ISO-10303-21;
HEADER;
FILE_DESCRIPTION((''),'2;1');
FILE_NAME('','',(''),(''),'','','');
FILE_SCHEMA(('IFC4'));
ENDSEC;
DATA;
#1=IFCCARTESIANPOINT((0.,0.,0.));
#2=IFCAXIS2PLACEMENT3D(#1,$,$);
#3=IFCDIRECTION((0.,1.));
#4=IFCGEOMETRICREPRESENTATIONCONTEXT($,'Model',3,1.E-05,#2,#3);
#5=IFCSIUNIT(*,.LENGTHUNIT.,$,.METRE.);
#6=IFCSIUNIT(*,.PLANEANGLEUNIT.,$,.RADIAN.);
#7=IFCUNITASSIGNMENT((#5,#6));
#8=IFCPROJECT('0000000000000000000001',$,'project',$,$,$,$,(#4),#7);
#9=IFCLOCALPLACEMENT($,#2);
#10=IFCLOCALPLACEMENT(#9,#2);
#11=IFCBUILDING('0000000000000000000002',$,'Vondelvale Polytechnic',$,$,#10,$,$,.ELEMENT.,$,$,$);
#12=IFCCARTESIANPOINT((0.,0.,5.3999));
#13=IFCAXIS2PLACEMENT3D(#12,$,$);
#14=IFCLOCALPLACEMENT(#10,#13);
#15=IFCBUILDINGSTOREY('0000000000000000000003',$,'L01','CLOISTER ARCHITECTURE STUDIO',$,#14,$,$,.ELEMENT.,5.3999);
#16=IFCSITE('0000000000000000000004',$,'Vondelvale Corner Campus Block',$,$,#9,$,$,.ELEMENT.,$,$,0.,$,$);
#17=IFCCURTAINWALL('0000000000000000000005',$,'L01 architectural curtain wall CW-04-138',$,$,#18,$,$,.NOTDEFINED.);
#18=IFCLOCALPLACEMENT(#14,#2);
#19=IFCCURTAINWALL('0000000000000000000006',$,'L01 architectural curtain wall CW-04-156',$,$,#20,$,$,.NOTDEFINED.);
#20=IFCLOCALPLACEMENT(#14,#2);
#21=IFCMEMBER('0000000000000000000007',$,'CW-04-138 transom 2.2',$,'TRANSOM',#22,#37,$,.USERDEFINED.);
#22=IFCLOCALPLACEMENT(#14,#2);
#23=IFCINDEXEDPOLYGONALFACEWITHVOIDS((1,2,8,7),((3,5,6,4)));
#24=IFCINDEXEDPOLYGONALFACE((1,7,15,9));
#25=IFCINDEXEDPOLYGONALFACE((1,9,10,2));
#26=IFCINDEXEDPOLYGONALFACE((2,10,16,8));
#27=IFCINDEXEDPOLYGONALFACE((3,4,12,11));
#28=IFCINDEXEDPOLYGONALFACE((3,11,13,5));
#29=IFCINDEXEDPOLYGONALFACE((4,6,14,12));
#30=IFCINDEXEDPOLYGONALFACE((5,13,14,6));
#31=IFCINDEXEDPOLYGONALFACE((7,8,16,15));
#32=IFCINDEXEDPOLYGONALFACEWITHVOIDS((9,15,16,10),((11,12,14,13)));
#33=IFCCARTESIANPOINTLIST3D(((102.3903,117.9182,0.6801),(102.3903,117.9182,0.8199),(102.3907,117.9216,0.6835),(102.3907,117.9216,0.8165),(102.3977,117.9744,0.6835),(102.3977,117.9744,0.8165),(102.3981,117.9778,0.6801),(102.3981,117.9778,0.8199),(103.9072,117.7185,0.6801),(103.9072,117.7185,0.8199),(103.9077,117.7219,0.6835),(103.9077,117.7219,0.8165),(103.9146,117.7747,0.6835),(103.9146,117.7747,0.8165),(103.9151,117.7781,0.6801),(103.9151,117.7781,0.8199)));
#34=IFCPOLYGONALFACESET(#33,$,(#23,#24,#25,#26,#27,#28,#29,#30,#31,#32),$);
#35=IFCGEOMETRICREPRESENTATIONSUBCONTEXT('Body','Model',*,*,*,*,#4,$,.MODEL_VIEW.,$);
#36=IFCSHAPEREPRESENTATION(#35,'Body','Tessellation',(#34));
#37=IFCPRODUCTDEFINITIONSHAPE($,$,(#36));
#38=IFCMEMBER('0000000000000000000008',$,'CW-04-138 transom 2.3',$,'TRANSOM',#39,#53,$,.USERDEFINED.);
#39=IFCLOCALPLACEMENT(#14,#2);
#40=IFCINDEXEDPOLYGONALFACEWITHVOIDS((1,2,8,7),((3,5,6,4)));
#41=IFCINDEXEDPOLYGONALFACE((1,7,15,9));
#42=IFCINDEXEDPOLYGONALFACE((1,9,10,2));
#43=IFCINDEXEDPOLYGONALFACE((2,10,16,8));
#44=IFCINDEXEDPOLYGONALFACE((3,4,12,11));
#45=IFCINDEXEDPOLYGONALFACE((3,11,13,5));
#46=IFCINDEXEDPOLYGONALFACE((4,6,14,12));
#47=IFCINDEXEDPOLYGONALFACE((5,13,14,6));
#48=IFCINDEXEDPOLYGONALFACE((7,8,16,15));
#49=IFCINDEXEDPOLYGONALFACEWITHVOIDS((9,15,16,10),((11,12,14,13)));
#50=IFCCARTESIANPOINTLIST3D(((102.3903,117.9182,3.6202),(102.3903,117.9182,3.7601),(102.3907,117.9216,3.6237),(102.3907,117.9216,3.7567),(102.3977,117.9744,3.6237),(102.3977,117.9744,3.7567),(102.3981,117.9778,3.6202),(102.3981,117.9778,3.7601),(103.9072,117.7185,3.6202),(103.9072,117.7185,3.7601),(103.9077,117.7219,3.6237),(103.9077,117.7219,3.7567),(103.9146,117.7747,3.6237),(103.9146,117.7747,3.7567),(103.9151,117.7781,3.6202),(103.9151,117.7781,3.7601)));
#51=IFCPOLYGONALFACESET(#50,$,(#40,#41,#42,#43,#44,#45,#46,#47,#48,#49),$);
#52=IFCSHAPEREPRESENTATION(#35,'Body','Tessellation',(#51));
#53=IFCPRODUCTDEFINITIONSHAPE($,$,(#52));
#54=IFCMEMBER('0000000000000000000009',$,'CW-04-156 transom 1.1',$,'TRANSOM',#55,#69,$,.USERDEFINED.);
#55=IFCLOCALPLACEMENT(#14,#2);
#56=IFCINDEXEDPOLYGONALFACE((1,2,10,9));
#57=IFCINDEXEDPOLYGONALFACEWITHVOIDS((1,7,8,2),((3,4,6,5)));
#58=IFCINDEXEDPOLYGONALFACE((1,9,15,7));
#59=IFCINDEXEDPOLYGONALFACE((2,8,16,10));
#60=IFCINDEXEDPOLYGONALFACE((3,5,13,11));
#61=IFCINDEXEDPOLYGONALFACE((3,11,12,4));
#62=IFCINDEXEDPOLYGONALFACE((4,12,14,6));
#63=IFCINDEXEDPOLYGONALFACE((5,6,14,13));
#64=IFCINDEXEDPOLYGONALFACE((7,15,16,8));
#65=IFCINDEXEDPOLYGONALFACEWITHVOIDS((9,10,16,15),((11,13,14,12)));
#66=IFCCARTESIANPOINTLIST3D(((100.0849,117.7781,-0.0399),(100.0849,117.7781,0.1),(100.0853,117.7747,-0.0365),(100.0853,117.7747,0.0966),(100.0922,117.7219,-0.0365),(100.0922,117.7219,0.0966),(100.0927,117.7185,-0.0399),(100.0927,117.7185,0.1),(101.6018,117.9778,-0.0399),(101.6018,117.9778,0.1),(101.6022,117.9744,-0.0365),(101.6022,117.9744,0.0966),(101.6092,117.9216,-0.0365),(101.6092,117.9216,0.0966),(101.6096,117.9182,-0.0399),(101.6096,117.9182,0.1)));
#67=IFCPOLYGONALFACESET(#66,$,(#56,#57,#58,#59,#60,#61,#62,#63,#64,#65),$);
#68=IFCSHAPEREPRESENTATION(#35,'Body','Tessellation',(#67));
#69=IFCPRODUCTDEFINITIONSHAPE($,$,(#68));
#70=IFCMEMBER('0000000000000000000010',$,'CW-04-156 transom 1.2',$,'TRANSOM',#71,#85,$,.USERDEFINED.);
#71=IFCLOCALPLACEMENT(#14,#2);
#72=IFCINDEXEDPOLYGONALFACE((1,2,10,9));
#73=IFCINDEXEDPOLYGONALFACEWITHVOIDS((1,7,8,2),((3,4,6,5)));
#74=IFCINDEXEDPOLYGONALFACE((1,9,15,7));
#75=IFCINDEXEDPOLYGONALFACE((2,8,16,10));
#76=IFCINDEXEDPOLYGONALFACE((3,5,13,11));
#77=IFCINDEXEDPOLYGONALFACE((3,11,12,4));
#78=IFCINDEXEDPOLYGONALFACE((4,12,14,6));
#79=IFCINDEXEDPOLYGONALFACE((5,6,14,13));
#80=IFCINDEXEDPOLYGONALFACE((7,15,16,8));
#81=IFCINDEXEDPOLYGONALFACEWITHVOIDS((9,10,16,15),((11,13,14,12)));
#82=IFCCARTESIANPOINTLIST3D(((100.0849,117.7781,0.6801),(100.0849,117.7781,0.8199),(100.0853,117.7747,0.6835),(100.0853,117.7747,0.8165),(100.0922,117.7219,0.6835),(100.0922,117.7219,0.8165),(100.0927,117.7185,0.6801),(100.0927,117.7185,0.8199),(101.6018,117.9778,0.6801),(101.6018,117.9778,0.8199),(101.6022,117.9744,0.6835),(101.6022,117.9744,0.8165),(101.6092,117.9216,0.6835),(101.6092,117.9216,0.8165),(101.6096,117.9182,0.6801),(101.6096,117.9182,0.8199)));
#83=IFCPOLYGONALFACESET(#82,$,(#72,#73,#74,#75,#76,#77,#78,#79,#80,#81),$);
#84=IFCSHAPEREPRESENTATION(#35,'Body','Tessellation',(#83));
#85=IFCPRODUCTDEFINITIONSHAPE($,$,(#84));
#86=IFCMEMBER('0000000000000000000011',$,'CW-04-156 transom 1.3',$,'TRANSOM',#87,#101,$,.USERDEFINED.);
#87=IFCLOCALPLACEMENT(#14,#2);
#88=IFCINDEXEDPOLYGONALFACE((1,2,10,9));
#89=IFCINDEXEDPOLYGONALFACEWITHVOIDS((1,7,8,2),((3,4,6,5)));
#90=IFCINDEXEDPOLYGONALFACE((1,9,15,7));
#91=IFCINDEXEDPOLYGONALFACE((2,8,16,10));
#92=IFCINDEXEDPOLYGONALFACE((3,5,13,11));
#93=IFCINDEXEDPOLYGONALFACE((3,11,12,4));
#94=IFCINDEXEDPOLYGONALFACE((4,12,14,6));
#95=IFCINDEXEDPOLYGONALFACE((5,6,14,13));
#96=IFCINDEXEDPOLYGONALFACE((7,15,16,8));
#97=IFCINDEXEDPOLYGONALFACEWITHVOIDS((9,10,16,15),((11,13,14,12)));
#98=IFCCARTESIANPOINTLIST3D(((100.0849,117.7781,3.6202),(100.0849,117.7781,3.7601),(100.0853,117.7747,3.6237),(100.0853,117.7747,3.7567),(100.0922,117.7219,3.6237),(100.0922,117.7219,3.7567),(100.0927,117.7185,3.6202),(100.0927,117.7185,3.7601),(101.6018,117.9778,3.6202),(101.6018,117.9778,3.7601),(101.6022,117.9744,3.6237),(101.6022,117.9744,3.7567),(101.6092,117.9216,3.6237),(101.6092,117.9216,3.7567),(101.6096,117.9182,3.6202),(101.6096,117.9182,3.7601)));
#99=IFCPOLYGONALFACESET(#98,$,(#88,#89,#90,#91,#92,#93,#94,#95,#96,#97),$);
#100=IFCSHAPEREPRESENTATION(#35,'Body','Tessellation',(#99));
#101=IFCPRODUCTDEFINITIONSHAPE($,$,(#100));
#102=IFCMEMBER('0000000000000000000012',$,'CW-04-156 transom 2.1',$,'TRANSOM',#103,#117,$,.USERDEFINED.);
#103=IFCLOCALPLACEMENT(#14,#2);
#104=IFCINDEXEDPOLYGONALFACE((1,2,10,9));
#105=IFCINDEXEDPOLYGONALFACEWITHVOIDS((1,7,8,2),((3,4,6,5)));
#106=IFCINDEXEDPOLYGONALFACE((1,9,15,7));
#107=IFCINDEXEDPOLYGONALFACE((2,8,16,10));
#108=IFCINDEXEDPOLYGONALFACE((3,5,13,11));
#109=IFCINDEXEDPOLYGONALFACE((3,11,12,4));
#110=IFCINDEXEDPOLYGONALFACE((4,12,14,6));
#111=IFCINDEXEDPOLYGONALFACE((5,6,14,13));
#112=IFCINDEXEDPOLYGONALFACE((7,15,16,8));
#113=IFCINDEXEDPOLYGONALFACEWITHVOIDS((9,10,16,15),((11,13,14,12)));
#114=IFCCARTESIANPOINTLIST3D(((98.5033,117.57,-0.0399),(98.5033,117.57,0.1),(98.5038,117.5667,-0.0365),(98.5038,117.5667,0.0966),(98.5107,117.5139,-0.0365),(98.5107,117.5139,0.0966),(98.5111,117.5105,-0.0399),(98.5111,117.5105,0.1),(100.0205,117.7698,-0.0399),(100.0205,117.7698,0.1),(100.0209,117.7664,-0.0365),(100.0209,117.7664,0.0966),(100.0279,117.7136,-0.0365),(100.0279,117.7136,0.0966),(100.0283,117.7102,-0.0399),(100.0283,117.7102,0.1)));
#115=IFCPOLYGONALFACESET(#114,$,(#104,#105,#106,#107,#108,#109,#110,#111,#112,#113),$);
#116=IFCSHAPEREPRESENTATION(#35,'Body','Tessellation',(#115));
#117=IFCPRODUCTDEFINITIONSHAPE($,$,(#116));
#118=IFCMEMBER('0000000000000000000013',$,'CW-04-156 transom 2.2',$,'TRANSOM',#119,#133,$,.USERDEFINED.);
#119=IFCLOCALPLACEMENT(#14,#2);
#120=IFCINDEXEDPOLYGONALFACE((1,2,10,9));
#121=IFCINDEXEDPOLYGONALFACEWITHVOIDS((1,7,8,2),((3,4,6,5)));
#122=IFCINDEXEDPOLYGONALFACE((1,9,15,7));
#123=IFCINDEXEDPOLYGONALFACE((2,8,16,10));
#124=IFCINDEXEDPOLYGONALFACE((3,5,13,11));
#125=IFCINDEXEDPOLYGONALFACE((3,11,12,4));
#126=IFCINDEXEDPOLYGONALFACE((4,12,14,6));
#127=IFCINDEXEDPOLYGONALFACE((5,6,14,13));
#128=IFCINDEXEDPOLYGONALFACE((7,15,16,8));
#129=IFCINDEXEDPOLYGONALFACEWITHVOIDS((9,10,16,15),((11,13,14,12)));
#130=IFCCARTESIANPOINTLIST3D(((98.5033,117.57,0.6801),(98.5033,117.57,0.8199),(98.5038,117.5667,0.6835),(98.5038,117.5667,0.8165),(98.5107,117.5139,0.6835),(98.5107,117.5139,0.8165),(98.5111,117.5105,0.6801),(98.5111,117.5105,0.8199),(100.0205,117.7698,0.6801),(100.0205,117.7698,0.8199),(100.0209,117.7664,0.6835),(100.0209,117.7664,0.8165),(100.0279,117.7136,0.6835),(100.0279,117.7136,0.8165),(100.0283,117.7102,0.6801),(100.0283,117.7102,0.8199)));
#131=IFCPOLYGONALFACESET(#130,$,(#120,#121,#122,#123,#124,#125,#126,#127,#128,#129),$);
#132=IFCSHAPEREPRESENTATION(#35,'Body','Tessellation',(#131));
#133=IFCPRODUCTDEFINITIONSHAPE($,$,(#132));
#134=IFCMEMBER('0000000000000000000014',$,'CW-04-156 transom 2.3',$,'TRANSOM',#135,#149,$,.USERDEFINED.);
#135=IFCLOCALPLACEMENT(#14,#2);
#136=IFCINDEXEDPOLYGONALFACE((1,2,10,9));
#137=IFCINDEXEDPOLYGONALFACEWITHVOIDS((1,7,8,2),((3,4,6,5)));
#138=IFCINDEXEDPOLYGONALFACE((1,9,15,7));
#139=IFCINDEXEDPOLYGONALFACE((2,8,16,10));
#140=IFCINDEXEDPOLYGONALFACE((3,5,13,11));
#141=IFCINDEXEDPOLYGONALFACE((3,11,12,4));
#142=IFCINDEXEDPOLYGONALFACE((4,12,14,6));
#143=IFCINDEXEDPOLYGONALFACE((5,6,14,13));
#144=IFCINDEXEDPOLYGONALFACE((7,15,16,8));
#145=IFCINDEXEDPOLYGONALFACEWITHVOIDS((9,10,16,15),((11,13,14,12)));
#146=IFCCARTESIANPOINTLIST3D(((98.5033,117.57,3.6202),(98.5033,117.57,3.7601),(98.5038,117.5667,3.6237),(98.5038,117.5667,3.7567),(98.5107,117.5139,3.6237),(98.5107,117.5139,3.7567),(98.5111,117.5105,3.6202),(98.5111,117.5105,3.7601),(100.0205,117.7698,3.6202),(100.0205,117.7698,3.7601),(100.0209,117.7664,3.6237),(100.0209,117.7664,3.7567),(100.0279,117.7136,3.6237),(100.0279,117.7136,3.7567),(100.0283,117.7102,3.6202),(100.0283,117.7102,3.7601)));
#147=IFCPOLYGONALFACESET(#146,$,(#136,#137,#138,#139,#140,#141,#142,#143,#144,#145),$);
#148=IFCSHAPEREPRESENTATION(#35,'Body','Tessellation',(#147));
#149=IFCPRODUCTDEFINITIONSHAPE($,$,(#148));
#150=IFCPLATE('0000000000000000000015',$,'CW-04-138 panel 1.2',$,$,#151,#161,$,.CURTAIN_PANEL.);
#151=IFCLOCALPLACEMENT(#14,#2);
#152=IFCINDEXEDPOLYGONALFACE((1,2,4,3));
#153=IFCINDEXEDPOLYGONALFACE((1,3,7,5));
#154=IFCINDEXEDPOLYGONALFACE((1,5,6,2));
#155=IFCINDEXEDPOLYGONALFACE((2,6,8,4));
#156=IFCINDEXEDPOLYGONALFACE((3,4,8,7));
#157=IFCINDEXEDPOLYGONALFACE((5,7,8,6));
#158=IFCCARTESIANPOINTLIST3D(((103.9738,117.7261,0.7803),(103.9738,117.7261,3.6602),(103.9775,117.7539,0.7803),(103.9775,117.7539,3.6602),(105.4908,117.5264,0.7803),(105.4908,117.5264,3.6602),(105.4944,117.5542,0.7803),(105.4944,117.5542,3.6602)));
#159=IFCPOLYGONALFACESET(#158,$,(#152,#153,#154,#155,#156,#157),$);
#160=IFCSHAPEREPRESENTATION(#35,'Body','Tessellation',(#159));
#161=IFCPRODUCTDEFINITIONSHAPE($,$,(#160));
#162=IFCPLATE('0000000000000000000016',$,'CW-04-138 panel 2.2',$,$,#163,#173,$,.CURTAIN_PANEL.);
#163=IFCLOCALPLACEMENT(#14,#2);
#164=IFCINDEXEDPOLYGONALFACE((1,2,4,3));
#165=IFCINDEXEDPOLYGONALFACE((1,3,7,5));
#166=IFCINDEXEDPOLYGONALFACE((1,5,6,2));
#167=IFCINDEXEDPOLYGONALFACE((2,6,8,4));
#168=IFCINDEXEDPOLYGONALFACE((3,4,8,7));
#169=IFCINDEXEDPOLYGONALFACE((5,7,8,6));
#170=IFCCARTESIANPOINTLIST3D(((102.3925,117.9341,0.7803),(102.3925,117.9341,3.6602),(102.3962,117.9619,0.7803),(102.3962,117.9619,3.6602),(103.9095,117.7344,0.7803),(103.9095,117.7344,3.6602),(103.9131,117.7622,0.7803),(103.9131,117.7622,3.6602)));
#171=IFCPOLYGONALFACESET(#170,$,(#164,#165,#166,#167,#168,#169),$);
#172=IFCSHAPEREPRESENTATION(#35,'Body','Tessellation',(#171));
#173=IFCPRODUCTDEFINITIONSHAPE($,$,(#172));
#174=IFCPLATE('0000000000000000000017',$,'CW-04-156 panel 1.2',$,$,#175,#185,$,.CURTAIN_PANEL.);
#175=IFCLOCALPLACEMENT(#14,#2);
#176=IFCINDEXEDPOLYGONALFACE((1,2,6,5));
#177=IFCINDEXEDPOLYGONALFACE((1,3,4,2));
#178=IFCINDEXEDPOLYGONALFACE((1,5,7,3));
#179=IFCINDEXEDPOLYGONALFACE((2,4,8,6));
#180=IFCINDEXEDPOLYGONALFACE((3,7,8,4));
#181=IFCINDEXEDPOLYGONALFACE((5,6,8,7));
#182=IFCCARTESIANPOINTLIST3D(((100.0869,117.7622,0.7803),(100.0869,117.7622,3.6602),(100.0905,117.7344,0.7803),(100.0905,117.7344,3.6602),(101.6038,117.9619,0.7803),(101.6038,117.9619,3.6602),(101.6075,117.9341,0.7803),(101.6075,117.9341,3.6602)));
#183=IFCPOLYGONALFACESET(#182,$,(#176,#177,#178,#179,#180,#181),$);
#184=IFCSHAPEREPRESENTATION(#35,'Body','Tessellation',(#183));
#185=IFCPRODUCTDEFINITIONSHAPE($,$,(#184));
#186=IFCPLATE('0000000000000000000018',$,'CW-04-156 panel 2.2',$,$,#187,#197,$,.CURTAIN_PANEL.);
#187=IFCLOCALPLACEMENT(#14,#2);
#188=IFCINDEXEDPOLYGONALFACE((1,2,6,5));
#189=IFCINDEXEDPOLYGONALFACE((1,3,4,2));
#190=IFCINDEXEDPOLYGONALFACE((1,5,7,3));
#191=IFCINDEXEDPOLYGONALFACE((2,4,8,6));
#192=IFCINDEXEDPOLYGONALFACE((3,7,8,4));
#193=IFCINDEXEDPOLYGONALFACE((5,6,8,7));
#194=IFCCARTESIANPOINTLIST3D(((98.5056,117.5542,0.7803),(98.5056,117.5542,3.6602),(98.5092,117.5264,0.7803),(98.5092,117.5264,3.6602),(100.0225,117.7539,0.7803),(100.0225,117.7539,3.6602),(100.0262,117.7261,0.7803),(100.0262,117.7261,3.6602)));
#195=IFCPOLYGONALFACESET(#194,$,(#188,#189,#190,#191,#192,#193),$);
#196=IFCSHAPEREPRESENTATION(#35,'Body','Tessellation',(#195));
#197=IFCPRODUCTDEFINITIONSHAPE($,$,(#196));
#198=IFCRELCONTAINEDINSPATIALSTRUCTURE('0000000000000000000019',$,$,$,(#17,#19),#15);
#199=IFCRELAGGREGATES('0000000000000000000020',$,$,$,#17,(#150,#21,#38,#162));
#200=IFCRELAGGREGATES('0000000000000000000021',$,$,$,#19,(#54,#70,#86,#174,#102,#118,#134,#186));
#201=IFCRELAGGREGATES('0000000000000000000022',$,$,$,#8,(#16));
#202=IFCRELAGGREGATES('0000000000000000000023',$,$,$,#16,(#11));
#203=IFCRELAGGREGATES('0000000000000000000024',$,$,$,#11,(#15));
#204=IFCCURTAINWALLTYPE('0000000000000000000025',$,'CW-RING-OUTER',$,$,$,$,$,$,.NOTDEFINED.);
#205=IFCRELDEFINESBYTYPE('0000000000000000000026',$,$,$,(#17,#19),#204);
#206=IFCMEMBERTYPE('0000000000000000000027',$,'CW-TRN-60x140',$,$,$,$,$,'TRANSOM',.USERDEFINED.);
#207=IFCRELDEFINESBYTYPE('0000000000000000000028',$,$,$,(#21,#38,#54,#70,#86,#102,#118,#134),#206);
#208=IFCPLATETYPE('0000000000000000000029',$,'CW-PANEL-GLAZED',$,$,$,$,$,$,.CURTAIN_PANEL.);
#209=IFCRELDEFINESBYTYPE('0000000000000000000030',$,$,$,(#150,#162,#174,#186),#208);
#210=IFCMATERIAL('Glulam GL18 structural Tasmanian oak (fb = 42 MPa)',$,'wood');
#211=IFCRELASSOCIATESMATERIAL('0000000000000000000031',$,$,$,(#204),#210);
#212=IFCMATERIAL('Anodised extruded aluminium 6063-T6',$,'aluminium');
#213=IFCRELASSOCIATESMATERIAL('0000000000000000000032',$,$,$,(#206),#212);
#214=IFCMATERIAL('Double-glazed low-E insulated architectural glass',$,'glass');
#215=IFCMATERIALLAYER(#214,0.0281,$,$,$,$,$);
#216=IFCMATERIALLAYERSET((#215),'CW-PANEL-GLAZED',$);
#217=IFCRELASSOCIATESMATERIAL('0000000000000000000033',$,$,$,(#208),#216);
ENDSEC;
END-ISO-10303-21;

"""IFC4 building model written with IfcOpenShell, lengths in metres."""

from ifc_helpers import new_model, si_unit, direction, frame, origin, origin_2d, place, context, subcontext, project, spatial, rectangle, hollow_rectangle, extrude, material, layer, layer_set, material_profile, profile_set, type_object, element, aggregate, save


model = new_model("IFC4")

# Units and contexts
model_context = context("Model", 3, precision=1e-05, world=origin(), true_north=direction((0.0, 1.0)))
body_context = subcontext(model_context, "Body", "Model", "MODEL_VIEW")
ifc_project = project(units=[si_unit("LENGTHUNIT", "METRE"), si_unit("PLANEANGLEUNIT", "RADIAN")], contexts=[model_context])

# Site, building, storey
site_placement = place(None, origin())
site = spatial("IfcSite", under=ifc_project, at=site_placement, Name="Vondelvale Corner Campus Block", CompositionType="ELEMENT", RefElevation=0.0)
building_placement = place(site_placement, origin())
building = spatial("IfcBuilding", under=site, at=building_placement, Name="Vondelvale Polytechnic", CompositionType="ELEMENT")
storey_placement = place(building_placement, frame((0.0, 0.0, 5.3999)))
storey = spatial("IfcBuildingStorey", under=building, at=storey_placement, Name="L01", Description="CLOISTER ARCHITECTURE STUDIO", CompositionType="ELEMENT", Elevation=5.3999)

# Curtain walls
ifc_material_1 = material(Name="Glulam GL18 structural Tasmanian oak (fb = 42 MPa)", Category="wood")
curtain_wall_type = type_object("IfcCurtainWallType", Name="CW-RING-OUTER", PredefinedType="NOTDEFINED", material=ifc_material_1)
curtain_wall_1_placement = place(storey_placement, origin())
curtain_wall_1 = element("IfcCurtainWall", 1, at=curtain_wall_1_placement, inside=storey, type_object=curtain_wall_type, Name="L01 architectural curtain wall CW-04-138", PredefinedType="NOTDEFINED")
ifc_material_2 = material(Name="Anodised extruded aluminium 6063-T6", Category="aluminium")
curtain_wall_2_placement = place(storey_placement, origin())
curtain_wall_2 = element("IfcCurtainWall", 2, at=curtain_wall_2_placement, inside=storey, type_object=curtain_wall_type, Name="L01 architectural curtain wall CW-04-156", PredefinedType="NOTDEFINED")

# Members
ifc_material_profile_1 = material_profile(ifc_material_2, hollow_rectangle(XDim=0.0601, YDim=0.1399, WallThickness=0.0034, at=origin_2d()), Name="CW-TRN-140x60")
ifc_profile_set_1 = profile_set([ifc_material_profile_1], Name="Anodised extruded aluminium 6063-T6")
member_type_1 = type_object("IfcMemberType", Name="CW-TRN-60x140", ElementType="TRANSOM", PredefinedType="USERDEFINED", material=ifc_profile_set_1)
member_1_placement = place(storey_placement, frame((103.9111, 117.7483, 0.75), z_axis=(-0.991444, 0.130533, 0.0), x_axis=(-0.130533, -0.991444, 0.0)))
member_1 = element("IfcMember", 3, at=member_1_placement, type_object=member_type_1, Name="CW-04-138 transom 2.2", ObjectType="TRANSOM", PredefinedType="USERDEFINED", context=body_context, shape_type="SweptSolid", body=[
    extrude(hollow_rectangle(XDim=0.0601, YDim=0.1399, WallThickness=0.0034, at=origin_2d()), origin(), (0.0, 0.0, 1.0), 1.53),
])
member_2_placement = place(storey_placement, frame((103.9111, 117.7483, 3.6902), z_axis=(-0.991444, 0.130533, 0.0), x_axis=(-0.130533, -0.991444, 0.0)))
member_2 = element("IfcMember", 4, at=member_2_placement, type_object=member_type_1, Name="CW-04-138 transom 2.3", ObjectType="TRANSOM", PredefinedType="USERDEFINED", context=body_context, shape_type="SweptSolid", body=[
    extrude(hollow_rectangle(XDim=0.0601, YDim=0.1399, WallThickness=0.0034, at=origin_2d()), origin(), (0.0, 0.0, 1.0), 1.53),
])
member_3_placement = place(storey_placement, frame((101.6057, 117.948, 0.03), z_axis=(-0.991444, -0.130533, 0.0), x_axis=(0.130533, -0.991444, 0.0)))
member_3 = element("IfcMember", 5, at=member_3_placement, type_object=member_type_1, Name="CW-04-156 transom 1.1", ObjectType="TRANSOM", PredefinedType="USERDEFINED", context=body_context, shape_type="SweptSolid", body=[
    extrude(hollow_rectangle(XDim=0.0601, YDim=0.1399, WallThickness=0.0034, at=origin_2d()), origin(), (0.0, 0.0, 1.0), 1.53),
])
member_4_placement = place(storey_placement, frame((101.6057, 117.948, 0.75), z_axis=(-0.991444, -0.130533, 0.0), x_axis=(0.130533, -0.991444, 0.0)))
member_4 = element("IfcMember", 6, at=member_4_placement, type_object=member_type_1, Name="CW-04-156 transom 1.2", ObjectType="TRANSOM", PredefinedType="USERDEFINED", context=body_context, shape_type="SweptSolid", body=[
    extrude(hollow_rectangle(XDim=0.0601, YDim=0.1399, WallThickness=0.0034, at=origin_2d()), origin(), (0.0, 0.0, 1.0), 1.53),
])
member_5_placement = place(storey_placement, frame((101.6057, 117.948, 3.6902), z_axis=(-0.991444, -0.130533, 0.0), x_axis=(0.130533, -0.991444, 0.0)))
member_5 = element("IfcMember", 7, at=member_5_placement, type_object=member_type_1, Name="CW-04-156 transom 1.3", ObjectType="TRANSOM", PredefinedType="USERDEFINED", context=body_context, shape_type="SweptSolid", body=[
    extrude(hollow_rectangle(XDim=0.0601, YDim=0.1399, WallThickness=0.0034, at=origin_2d()), origin(), (0.0, 0.0, 1.0), 1.53),
])
member_6_placement = place(storey_placement, frame((100.0244, 117.74, 0.03), z_axis=(-0.991447, -0.130512, 0.0), x_axis=(0.130512, -0.991447, 0.0)))
member_6 = element("IfcMember", 8, at=member_6_placement, type_object=member_type_1, Name="CW-04-156 transom 2.1", ObjectType="TRANSOM", PredefinedType="USERDEFINED", context=body_context, shape_type="SweptSolid", body=[
    extrude(hollow_rectangle(XDim=0.0601, YDim=0.1399, WallThickness=0.0034, at=origin_2d()), origin(), (0.0, 0.0, 1.0), 1.5303),
])
member_7_placement = place(storey_placement, frame((100.0244, 117.74, 0.75), z_axis=(-0.991447, -0.130512, 0.0), x_axis=(0.130512, -0.991447, 0.0)))
member_7 = element("IfcMember", 9, at=member_7_placement, type_object=member_type_1, Name="CW-04-156 transom 2.2", ObjectType="TRANSOM", PredefinedType="USERDEFINED", context=body_context, shape_type="SweptSolid", body=[
    extrude(hollow_rectangle(XDim=0.0601, YDim=0.1399, WallThickness=0.0034, at=origin_2d()), origin(), (0.0, 0.0, 1.0), 1.5303),
])
member_8_placement = place(storey_placement, frame((100.0244, 117.74, 3.6902), z_axis=(-0.991447, -0.130512, 0.0), x_axis=(0.130512, -0.991447, 0.0)))
member_8 = element("IfcMember", 10, at=member_8_placement, type_object=member_type_1, Name="CW-04-156 transom 2.3", ObjectType="TRANSOM", PredefinedType="USERDEFINED", context=body_context, shape_type="SweptSolid", body=[
    extrude(hollow_rectangle(XDim=0.0601, YDim=0.1399, WallThickness=0.0034, at=origin_2d()), origin(), (0.0, 0.0, 1.0), 1.5303),
])

# Plates
ifc_material_3 = material(Name="Double-glazed low-E insulated architectural glass", Category="glass")
ifc_layer_1 = layer(ifc_material_3, 0.0281)
ifc_layer_set_1 = layer_set([ifc_layer_1], Name="CW-PANEL-GLAZED")
plate_type_1 = type_object("IfcPlateType", Name="CW-PANEL-GLAZED", PredefinedType="CURTAIN_PANEL", material=ifc_layer_set_1)
plate_1_placement = place(storey_placement, frame((104.7341, 117.6401, 0.7803), z_axis=(0.0, 0.0, 1.0), x_axis=(-0.991443, 0.13054, 0.0)))
plate_1 = element("IfcPlate", 11, at=plate_1_placement, type_object=plate_type_1, Name="CW-04-138 panel 1.2", PredefinedType="CURTAIN_PANEL", context=body_context, shape_type="SweptSolid", body=[
    extrude(rectangle(XDim=1.53, YDim=0.0281, at=origin_2d()), origin(), (0.0, 0.0, 1.0), 2.8799),
])
plate_2_placement = place(storey_placement, frame((103.1528, 117.8481, 0.7803), z_axis=(0.0, 0.0, 1.0), x_axis=(-0.991443, 0.13054, 0.0)))
plate_2 = element("IfcPlate", 12, at=plate_2_placement, type_object=plate_type_1, Name="CW-04-138 panel 2.2", PredefinedType="CURTAIN_PANEL", context=body_context, shape_type="SweptSolid", body=[
    extrude(rectangle(XDim=1.53, YDim=0.0281, at=origin_2d()), origin(), (0.0, 0.0, 1.0), 2.8799),
])
plate_3_placement = place(storey_placement, frame((100.8472, 117.8481, 0.7803), z_axis=(0.0, 0.0, 1.0), x_axis=(-0.991443, -0.13054, 0.0)))
plate_3 = element("IfcPlate", 13, at=plate_3_placement, type_object=plate_type_1, Name="CW-04-156 panel 1.2", PredefinedType="CURTAIN_PANEL", context=body_context, shape_type="SweptSolid", body=[
    extrude(rectangle(XDim=1.53, YDim=0.0281, at=origin_2d()), origin(), (0.0, 0.0, 1.0), 2.8799),
])
plate_4_placement = place(storey_placement, frame((99.2659, 117.6401, 0.7803), z_axis=(0.0, 0.0, 1.0), x_axis=(-0.991443, -0.13054, 0.0)))
plate_4 = element("IfcPlate", 14, at=plate_4_placement, type_object=plate_type_1, Name="CW-04-156 panel 2.2", PredefinedType="CURTAIN_PANEL", context=body_context, shape_type="SweptSolid", body=[
    extrude(rectangle(XDim=1.53, YDim=0.0281, at=origin_2d()), origin(), (0.0, 0.0, 1.0), 2.8799),
])
aggregate(curtain_wall_1, [plate_1, member_1, member_2, plate_2])
aggregate(curtain_wall_2, [member_3, member_4, member_5, plate_3, member_6, member_7, member_8, plate_4])

save(model, "model.ifc")
